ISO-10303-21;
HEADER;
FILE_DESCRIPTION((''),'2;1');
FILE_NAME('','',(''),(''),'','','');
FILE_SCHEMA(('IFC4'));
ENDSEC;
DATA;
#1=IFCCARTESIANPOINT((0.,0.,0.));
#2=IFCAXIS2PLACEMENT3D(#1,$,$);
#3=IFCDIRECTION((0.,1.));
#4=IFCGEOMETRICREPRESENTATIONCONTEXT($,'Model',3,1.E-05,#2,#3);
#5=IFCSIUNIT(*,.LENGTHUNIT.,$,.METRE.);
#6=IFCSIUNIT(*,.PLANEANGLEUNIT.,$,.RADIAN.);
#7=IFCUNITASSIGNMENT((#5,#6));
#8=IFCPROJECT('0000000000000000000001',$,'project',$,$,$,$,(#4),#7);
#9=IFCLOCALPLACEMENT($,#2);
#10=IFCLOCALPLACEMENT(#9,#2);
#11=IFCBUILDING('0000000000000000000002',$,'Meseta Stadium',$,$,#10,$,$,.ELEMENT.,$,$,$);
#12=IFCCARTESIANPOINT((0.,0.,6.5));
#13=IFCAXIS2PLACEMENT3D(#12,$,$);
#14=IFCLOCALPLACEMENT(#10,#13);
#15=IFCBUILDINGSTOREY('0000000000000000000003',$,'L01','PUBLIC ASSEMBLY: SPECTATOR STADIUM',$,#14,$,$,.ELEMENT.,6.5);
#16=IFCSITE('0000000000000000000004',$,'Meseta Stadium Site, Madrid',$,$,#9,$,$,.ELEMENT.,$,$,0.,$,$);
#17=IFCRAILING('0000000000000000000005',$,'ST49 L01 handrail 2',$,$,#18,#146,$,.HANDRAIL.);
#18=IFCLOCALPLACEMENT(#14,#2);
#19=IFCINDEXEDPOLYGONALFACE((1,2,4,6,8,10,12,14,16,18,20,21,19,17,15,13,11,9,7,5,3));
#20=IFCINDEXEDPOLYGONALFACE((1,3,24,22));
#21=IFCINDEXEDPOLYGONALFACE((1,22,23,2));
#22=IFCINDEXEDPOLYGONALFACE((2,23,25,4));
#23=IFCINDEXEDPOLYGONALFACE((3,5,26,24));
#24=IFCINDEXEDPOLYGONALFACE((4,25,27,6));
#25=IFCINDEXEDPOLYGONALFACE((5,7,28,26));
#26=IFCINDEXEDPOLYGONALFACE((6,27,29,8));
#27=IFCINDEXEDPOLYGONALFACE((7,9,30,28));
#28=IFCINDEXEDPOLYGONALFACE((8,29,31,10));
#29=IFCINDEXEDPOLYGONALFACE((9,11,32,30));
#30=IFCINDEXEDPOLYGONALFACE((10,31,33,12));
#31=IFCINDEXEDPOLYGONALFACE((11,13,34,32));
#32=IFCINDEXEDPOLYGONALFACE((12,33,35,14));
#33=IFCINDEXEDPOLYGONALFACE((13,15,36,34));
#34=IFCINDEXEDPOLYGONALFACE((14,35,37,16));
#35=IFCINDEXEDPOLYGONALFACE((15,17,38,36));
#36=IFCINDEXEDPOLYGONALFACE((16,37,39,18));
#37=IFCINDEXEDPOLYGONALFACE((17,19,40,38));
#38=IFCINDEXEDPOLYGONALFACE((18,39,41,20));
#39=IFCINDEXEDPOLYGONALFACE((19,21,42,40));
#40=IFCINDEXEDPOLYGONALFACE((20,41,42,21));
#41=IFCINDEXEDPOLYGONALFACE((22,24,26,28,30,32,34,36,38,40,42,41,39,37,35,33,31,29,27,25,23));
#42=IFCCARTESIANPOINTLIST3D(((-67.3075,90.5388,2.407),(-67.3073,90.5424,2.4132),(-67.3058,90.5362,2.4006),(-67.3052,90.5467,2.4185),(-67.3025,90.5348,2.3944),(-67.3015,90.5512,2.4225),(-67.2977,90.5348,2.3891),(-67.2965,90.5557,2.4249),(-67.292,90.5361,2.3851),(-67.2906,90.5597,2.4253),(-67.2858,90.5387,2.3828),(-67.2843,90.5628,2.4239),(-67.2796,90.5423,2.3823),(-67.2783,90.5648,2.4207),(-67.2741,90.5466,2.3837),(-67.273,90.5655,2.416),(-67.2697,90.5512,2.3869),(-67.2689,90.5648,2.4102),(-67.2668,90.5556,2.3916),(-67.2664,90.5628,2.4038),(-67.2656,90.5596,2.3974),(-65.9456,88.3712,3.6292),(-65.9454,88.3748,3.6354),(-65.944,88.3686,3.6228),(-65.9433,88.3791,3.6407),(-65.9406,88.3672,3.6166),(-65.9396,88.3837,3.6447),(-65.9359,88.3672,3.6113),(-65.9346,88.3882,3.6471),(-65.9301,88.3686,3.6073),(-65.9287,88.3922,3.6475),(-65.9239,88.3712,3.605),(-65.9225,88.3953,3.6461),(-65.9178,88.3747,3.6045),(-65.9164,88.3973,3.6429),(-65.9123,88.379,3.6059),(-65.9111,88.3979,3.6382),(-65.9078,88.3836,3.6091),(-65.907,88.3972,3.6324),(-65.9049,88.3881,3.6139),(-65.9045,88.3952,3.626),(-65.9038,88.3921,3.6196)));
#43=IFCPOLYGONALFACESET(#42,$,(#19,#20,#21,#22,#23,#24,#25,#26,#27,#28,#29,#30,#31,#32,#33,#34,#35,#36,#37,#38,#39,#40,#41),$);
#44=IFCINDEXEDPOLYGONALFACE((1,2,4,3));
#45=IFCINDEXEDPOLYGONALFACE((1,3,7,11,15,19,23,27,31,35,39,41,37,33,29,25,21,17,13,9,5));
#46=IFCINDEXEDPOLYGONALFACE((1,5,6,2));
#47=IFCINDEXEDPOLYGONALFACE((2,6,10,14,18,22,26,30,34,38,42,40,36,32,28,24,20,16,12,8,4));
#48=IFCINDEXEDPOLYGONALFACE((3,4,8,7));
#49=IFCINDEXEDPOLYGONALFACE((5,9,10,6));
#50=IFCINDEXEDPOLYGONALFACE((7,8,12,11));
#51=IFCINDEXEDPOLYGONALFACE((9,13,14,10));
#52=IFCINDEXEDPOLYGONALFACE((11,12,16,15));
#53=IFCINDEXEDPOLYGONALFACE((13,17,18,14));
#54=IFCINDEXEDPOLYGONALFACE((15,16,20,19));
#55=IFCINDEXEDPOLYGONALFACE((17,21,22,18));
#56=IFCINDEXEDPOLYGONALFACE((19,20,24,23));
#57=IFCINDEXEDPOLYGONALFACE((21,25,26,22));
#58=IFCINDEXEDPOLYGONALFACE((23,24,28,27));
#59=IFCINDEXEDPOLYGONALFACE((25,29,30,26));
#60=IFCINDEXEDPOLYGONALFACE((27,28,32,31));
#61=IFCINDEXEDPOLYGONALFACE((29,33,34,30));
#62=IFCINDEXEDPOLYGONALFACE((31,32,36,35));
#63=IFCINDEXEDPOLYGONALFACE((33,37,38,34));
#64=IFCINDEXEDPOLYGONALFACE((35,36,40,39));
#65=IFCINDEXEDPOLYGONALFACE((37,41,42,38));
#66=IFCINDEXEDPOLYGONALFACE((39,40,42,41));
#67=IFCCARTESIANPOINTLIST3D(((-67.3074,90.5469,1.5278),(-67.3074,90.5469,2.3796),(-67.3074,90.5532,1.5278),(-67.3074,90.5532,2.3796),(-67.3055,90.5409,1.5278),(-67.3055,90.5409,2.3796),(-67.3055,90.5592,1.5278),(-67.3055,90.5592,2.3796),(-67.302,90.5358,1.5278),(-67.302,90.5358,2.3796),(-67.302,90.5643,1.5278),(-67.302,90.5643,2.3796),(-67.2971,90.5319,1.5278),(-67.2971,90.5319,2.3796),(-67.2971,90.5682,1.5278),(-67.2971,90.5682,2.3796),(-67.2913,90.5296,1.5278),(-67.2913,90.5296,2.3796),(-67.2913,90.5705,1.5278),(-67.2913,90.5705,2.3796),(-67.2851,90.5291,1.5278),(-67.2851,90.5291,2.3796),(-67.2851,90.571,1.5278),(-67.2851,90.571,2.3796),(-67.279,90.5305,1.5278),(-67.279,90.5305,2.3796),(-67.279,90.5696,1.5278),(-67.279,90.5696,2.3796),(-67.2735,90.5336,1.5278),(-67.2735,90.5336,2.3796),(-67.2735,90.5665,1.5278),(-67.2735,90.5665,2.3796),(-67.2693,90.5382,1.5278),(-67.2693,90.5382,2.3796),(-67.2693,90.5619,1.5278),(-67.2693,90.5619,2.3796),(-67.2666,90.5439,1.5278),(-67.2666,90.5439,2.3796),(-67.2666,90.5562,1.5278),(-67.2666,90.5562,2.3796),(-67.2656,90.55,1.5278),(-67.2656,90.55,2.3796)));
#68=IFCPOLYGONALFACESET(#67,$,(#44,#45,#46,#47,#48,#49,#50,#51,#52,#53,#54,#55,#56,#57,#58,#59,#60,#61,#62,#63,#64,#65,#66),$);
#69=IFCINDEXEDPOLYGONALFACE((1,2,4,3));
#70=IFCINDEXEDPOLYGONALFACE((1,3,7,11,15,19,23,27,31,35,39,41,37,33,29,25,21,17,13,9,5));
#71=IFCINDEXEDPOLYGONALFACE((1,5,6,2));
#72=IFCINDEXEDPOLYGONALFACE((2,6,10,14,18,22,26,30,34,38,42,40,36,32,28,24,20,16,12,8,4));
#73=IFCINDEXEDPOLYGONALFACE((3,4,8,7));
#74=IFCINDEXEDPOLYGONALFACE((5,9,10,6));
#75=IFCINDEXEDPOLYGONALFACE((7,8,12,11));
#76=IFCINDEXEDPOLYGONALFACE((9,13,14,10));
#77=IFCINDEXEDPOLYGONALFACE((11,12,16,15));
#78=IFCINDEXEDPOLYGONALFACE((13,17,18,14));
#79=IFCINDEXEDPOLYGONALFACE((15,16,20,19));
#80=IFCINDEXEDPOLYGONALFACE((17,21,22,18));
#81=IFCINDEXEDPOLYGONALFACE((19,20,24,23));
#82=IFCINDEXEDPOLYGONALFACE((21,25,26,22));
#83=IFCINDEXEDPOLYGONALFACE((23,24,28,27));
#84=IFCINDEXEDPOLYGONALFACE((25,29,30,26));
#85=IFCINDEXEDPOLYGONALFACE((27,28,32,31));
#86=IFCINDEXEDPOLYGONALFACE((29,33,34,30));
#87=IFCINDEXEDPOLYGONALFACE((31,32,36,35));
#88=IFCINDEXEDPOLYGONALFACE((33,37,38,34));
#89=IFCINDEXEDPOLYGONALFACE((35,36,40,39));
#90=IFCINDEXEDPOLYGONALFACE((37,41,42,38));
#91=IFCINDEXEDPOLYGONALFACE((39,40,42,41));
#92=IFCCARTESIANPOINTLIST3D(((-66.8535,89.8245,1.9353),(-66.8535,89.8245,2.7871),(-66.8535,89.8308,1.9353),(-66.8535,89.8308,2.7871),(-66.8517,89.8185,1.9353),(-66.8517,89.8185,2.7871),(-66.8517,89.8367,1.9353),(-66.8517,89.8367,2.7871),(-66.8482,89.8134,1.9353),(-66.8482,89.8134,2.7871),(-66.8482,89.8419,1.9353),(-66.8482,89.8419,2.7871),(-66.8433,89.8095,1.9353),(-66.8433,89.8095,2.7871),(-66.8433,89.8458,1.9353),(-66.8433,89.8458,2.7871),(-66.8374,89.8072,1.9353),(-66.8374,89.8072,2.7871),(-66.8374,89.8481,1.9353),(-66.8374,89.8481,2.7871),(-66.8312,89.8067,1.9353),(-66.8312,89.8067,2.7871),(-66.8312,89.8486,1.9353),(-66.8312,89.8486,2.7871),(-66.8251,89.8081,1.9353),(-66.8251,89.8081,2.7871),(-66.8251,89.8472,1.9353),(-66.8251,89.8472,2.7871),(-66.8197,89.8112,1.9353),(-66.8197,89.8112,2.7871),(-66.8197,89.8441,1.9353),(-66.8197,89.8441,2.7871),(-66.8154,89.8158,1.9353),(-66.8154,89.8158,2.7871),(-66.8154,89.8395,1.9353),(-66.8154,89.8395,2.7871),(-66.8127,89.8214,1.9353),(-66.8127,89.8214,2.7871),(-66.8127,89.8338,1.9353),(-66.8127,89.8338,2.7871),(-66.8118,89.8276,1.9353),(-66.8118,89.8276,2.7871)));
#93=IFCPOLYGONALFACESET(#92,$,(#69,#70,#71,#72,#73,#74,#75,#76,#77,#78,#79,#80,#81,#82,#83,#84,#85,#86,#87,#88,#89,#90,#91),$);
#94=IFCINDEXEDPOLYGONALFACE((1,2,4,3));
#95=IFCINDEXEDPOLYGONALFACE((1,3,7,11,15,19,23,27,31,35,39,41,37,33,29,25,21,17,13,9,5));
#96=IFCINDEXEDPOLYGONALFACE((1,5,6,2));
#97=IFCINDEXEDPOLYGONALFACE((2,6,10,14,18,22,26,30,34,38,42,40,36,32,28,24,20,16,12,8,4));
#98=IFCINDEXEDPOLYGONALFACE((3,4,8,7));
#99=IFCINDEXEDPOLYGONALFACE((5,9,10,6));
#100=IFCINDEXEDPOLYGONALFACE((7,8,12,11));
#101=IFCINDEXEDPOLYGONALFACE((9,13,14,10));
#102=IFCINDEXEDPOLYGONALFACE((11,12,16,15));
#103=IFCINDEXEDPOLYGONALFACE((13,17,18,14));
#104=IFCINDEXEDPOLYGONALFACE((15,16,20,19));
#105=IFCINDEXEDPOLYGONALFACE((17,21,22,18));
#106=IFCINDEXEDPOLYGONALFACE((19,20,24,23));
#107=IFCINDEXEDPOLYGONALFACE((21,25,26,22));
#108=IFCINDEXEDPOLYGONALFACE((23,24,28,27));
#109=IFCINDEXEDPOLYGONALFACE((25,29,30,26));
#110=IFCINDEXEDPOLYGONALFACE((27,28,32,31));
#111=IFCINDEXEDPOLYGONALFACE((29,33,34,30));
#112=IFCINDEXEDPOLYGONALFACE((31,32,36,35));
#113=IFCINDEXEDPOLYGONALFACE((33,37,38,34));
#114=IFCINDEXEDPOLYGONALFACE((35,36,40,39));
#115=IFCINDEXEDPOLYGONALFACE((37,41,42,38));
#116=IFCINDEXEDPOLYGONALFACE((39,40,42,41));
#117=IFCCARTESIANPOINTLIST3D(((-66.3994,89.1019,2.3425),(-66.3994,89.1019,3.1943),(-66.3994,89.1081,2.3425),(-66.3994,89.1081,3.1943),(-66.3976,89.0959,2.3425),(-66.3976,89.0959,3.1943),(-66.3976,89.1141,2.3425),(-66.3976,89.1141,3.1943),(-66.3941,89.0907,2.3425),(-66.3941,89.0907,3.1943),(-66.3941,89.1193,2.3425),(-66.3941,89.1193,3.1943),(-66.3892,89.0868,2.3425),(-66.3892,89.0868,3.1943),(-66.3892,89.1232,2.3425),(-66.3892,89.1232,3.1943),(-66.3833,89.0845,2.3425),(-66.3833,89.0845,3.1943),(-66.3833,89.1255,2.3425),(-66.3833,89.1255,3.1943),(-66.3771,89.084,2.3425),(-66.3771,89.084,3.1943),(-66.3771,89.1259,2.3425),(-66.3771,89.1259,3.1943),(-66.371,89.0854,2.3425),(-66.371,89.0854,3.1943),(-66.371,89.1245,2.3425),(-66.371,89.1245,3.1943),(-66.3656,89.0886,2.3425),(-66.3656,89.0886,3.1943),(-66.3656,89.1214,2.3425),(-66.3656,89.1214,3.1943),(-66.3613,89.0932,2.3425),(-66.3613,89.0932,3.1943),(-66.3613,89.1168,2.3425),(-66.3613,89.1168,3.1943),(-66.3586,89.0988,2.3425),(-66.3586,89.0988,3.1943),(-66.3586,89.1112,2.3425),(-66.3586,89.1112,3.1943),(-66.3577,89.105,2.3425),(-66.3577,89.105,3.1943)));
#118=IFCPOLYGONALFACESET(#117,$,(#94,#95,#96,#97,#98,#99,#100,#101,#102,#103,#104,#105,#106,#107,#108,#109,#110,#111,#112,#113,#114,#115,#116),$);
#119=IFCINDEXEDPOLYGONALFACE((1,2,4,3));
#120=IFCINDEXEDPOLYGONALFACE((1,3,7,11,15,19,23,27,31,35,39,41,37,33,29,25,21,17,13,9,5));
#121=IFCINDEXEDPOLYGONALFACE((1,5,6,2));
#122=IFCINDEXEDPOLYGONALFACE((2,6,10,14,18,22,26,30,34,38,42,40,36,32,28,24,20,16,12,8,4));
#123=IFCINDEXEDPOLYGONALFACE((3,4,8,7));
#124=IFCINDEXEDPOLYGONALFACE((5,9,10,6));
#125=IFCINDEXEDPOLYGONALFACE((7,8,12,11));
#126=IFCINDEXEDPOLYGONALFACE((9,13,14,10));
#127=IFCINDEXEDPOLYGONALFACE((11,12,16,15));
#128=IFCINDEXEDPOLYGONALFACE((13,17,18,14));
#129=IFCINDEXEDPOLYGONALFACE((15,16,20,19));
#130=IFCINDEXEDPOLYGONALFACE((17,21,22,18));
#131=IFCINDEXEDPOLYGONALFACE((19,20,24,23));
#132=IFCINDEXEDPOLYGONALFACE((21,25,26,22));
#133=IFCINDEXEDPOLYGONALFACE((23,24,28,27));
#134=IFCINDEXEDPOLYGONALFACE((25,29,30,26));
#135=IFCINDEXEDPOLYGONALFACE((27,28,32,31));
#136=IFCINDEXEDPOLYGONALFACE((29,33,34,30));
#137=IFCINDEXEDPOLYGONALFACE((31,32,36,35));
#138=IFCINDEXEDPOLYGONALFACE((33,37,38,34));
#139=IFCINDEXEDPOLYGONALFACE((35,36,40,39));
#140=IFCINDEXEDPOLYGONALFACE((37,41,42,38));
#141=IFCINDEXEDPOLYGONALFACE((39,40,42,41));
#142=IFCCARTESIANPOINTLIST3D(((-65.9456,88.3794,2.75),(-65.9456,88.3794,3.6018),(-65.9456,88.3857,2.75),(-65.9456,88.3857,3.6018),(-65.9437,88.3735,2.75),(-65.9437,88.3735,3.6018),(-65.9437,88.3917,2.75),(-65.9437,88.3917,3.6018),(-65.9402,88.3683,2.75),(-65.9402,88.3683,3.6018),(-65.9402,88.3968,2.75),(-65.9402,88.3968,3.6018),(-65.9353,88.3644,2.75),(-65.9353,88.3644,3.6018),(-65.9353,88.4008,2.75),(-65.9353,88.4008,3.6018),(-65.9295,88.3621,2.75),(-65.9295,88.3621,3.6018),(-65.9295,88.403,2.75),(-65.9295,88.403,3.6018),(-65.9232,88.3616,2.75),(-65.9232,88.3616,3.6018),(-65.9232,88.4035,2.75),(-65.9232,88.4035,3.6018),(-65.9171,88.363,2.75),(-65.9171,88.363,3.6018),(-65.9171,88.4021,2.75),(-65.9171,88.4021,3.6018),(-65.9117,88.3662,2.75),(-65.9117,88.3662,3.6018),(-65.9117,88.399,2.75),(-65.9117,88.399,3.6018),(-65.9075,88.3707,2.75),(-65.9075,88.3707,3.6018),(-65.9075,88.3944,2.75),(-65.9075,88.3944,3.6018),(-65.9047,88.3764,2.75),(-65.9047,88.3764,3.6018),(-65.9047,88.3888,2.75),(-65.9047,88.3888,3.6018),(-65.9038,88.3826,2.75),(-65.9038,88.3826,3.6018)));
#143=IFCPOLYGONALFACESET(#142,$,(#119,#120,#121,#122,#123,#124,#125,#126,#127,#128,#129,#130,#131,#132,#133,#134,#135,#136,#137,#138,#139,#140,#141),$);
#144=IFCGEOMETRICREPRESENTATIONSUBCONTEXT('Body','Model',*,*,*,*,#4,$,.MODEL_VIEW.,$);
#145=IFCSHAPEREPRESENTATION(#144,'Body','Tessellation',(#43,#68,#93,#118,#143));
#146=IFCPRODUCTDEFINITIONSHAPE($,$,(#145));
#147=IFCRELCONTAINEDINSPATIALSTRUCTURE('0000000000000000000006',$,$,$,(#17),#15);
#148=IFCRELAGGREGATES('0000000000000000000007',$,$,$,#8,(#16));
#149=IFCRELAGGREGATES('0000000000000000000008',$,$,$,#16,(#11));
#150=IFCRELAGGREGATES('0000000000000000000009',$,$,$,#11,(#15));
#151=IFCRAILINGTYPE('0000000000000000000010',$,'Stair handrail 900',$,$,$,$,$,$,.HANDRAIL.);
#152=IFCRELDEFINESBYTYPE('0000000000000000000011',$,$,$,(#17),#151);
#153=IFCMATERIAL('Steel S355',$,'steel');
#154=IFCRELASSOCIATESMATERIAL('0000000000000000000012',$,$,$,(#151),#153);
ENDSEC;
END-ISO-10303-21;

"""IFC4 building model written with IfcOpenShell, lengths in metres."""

from ifc_helpers import new_model, si_unit, direction, frame, origin, origin_2d, place, context, subcontext, project, spatial, circle, extrude, material, type_object, element, save


model = new_model("IFC4")

# Units and contexts
model_context = context("Model", 3, precision=1e-05, world=origin(), true_north=direction((0.0, 1.0)))
body_context = subcontext(model_context, "Body", "Model", "MODEL_VIEW")
ifc_project = project(units=[si_unit("LENGTHUNIT", "METRE"), si_unit("PLANEANGLEUNIT", "RADIAN")], contexts=[model_context])

# Site, building, storey
site_placement = place(None, origin())
site = spatial("IfcSite", under=ifc_project, at=site_placement, Name="Meseta Stadium Site, Madrid", CompositionType="ELEMENT", RefElevation=0.0)
building_placement = place(site_placement, origin())
building = spatial("IfcBuilding", under=site, at=building_placement, Name="Meseta Stadium", CompositionType="ELEMENT")
storey_placement = place(building_placement, frame((0.0, 0.0, 6.5)))
storey = spatial("IfcBuildingStorey", under=building, at=storey_placement, Name="L01", Description="PUBLIC ASSEMBLY: SPECTATOR STADIUM", CompositionType="ELEMENT", Elevation=6.5)

# Railing
ifc_material_1 = material(Name="Steel S355", Category="steel")
railing_type_1 = type_object("IfcRailingType", Name="Stair handrail 900", PredefinedType="HANDRAIL", material=ifc_material_1)
railing_1_placement = place(storey_placement, frame((-67.2866, 90.55, 1.5278)))
element("IfcRailing", 1, at=railing_1_placement, inside=storey, type_object=railing_type_1, Name="ST49 L01 handrail 2", PredefinedType="HANDRAIL", context=body_context, shape_type="SweptSolid", body=[
    extrude(circle(Radius=0.0239, at=origin_2d()), frame((0.0, 0.0, 0.876), z_axis=(0.48009, -0.764116, 0.430859), x_axis=(0.846742, 0.532004, 0.0)), (0.0, 0.0, 1.0), 2.8367),
    extrude(circle(Radius=0.021, at=origin_2d()), origin(), (0.0, 0.0, 1.0), 0.8518),
    extrude(circle(Radius=0.021, at=origin_2d()), frame((0.4539, -0.7224, 0.4075)), (0.0, 0.0, 1.0), 0.8518),
    extrude(circle(Radius=0.021, at=origin_2d()), frame((0.908, -1.4451, 0.8147)), (0.0, 0.0, 1.0), 0.8518),
    extrude(circle(Radius=0.021, at=origin_2d()), frame((1.3618, -2.1675, 1.2222)), (0.0, 0.0, 1.0), 0.8518),
])

save(model, "model.ifc")
